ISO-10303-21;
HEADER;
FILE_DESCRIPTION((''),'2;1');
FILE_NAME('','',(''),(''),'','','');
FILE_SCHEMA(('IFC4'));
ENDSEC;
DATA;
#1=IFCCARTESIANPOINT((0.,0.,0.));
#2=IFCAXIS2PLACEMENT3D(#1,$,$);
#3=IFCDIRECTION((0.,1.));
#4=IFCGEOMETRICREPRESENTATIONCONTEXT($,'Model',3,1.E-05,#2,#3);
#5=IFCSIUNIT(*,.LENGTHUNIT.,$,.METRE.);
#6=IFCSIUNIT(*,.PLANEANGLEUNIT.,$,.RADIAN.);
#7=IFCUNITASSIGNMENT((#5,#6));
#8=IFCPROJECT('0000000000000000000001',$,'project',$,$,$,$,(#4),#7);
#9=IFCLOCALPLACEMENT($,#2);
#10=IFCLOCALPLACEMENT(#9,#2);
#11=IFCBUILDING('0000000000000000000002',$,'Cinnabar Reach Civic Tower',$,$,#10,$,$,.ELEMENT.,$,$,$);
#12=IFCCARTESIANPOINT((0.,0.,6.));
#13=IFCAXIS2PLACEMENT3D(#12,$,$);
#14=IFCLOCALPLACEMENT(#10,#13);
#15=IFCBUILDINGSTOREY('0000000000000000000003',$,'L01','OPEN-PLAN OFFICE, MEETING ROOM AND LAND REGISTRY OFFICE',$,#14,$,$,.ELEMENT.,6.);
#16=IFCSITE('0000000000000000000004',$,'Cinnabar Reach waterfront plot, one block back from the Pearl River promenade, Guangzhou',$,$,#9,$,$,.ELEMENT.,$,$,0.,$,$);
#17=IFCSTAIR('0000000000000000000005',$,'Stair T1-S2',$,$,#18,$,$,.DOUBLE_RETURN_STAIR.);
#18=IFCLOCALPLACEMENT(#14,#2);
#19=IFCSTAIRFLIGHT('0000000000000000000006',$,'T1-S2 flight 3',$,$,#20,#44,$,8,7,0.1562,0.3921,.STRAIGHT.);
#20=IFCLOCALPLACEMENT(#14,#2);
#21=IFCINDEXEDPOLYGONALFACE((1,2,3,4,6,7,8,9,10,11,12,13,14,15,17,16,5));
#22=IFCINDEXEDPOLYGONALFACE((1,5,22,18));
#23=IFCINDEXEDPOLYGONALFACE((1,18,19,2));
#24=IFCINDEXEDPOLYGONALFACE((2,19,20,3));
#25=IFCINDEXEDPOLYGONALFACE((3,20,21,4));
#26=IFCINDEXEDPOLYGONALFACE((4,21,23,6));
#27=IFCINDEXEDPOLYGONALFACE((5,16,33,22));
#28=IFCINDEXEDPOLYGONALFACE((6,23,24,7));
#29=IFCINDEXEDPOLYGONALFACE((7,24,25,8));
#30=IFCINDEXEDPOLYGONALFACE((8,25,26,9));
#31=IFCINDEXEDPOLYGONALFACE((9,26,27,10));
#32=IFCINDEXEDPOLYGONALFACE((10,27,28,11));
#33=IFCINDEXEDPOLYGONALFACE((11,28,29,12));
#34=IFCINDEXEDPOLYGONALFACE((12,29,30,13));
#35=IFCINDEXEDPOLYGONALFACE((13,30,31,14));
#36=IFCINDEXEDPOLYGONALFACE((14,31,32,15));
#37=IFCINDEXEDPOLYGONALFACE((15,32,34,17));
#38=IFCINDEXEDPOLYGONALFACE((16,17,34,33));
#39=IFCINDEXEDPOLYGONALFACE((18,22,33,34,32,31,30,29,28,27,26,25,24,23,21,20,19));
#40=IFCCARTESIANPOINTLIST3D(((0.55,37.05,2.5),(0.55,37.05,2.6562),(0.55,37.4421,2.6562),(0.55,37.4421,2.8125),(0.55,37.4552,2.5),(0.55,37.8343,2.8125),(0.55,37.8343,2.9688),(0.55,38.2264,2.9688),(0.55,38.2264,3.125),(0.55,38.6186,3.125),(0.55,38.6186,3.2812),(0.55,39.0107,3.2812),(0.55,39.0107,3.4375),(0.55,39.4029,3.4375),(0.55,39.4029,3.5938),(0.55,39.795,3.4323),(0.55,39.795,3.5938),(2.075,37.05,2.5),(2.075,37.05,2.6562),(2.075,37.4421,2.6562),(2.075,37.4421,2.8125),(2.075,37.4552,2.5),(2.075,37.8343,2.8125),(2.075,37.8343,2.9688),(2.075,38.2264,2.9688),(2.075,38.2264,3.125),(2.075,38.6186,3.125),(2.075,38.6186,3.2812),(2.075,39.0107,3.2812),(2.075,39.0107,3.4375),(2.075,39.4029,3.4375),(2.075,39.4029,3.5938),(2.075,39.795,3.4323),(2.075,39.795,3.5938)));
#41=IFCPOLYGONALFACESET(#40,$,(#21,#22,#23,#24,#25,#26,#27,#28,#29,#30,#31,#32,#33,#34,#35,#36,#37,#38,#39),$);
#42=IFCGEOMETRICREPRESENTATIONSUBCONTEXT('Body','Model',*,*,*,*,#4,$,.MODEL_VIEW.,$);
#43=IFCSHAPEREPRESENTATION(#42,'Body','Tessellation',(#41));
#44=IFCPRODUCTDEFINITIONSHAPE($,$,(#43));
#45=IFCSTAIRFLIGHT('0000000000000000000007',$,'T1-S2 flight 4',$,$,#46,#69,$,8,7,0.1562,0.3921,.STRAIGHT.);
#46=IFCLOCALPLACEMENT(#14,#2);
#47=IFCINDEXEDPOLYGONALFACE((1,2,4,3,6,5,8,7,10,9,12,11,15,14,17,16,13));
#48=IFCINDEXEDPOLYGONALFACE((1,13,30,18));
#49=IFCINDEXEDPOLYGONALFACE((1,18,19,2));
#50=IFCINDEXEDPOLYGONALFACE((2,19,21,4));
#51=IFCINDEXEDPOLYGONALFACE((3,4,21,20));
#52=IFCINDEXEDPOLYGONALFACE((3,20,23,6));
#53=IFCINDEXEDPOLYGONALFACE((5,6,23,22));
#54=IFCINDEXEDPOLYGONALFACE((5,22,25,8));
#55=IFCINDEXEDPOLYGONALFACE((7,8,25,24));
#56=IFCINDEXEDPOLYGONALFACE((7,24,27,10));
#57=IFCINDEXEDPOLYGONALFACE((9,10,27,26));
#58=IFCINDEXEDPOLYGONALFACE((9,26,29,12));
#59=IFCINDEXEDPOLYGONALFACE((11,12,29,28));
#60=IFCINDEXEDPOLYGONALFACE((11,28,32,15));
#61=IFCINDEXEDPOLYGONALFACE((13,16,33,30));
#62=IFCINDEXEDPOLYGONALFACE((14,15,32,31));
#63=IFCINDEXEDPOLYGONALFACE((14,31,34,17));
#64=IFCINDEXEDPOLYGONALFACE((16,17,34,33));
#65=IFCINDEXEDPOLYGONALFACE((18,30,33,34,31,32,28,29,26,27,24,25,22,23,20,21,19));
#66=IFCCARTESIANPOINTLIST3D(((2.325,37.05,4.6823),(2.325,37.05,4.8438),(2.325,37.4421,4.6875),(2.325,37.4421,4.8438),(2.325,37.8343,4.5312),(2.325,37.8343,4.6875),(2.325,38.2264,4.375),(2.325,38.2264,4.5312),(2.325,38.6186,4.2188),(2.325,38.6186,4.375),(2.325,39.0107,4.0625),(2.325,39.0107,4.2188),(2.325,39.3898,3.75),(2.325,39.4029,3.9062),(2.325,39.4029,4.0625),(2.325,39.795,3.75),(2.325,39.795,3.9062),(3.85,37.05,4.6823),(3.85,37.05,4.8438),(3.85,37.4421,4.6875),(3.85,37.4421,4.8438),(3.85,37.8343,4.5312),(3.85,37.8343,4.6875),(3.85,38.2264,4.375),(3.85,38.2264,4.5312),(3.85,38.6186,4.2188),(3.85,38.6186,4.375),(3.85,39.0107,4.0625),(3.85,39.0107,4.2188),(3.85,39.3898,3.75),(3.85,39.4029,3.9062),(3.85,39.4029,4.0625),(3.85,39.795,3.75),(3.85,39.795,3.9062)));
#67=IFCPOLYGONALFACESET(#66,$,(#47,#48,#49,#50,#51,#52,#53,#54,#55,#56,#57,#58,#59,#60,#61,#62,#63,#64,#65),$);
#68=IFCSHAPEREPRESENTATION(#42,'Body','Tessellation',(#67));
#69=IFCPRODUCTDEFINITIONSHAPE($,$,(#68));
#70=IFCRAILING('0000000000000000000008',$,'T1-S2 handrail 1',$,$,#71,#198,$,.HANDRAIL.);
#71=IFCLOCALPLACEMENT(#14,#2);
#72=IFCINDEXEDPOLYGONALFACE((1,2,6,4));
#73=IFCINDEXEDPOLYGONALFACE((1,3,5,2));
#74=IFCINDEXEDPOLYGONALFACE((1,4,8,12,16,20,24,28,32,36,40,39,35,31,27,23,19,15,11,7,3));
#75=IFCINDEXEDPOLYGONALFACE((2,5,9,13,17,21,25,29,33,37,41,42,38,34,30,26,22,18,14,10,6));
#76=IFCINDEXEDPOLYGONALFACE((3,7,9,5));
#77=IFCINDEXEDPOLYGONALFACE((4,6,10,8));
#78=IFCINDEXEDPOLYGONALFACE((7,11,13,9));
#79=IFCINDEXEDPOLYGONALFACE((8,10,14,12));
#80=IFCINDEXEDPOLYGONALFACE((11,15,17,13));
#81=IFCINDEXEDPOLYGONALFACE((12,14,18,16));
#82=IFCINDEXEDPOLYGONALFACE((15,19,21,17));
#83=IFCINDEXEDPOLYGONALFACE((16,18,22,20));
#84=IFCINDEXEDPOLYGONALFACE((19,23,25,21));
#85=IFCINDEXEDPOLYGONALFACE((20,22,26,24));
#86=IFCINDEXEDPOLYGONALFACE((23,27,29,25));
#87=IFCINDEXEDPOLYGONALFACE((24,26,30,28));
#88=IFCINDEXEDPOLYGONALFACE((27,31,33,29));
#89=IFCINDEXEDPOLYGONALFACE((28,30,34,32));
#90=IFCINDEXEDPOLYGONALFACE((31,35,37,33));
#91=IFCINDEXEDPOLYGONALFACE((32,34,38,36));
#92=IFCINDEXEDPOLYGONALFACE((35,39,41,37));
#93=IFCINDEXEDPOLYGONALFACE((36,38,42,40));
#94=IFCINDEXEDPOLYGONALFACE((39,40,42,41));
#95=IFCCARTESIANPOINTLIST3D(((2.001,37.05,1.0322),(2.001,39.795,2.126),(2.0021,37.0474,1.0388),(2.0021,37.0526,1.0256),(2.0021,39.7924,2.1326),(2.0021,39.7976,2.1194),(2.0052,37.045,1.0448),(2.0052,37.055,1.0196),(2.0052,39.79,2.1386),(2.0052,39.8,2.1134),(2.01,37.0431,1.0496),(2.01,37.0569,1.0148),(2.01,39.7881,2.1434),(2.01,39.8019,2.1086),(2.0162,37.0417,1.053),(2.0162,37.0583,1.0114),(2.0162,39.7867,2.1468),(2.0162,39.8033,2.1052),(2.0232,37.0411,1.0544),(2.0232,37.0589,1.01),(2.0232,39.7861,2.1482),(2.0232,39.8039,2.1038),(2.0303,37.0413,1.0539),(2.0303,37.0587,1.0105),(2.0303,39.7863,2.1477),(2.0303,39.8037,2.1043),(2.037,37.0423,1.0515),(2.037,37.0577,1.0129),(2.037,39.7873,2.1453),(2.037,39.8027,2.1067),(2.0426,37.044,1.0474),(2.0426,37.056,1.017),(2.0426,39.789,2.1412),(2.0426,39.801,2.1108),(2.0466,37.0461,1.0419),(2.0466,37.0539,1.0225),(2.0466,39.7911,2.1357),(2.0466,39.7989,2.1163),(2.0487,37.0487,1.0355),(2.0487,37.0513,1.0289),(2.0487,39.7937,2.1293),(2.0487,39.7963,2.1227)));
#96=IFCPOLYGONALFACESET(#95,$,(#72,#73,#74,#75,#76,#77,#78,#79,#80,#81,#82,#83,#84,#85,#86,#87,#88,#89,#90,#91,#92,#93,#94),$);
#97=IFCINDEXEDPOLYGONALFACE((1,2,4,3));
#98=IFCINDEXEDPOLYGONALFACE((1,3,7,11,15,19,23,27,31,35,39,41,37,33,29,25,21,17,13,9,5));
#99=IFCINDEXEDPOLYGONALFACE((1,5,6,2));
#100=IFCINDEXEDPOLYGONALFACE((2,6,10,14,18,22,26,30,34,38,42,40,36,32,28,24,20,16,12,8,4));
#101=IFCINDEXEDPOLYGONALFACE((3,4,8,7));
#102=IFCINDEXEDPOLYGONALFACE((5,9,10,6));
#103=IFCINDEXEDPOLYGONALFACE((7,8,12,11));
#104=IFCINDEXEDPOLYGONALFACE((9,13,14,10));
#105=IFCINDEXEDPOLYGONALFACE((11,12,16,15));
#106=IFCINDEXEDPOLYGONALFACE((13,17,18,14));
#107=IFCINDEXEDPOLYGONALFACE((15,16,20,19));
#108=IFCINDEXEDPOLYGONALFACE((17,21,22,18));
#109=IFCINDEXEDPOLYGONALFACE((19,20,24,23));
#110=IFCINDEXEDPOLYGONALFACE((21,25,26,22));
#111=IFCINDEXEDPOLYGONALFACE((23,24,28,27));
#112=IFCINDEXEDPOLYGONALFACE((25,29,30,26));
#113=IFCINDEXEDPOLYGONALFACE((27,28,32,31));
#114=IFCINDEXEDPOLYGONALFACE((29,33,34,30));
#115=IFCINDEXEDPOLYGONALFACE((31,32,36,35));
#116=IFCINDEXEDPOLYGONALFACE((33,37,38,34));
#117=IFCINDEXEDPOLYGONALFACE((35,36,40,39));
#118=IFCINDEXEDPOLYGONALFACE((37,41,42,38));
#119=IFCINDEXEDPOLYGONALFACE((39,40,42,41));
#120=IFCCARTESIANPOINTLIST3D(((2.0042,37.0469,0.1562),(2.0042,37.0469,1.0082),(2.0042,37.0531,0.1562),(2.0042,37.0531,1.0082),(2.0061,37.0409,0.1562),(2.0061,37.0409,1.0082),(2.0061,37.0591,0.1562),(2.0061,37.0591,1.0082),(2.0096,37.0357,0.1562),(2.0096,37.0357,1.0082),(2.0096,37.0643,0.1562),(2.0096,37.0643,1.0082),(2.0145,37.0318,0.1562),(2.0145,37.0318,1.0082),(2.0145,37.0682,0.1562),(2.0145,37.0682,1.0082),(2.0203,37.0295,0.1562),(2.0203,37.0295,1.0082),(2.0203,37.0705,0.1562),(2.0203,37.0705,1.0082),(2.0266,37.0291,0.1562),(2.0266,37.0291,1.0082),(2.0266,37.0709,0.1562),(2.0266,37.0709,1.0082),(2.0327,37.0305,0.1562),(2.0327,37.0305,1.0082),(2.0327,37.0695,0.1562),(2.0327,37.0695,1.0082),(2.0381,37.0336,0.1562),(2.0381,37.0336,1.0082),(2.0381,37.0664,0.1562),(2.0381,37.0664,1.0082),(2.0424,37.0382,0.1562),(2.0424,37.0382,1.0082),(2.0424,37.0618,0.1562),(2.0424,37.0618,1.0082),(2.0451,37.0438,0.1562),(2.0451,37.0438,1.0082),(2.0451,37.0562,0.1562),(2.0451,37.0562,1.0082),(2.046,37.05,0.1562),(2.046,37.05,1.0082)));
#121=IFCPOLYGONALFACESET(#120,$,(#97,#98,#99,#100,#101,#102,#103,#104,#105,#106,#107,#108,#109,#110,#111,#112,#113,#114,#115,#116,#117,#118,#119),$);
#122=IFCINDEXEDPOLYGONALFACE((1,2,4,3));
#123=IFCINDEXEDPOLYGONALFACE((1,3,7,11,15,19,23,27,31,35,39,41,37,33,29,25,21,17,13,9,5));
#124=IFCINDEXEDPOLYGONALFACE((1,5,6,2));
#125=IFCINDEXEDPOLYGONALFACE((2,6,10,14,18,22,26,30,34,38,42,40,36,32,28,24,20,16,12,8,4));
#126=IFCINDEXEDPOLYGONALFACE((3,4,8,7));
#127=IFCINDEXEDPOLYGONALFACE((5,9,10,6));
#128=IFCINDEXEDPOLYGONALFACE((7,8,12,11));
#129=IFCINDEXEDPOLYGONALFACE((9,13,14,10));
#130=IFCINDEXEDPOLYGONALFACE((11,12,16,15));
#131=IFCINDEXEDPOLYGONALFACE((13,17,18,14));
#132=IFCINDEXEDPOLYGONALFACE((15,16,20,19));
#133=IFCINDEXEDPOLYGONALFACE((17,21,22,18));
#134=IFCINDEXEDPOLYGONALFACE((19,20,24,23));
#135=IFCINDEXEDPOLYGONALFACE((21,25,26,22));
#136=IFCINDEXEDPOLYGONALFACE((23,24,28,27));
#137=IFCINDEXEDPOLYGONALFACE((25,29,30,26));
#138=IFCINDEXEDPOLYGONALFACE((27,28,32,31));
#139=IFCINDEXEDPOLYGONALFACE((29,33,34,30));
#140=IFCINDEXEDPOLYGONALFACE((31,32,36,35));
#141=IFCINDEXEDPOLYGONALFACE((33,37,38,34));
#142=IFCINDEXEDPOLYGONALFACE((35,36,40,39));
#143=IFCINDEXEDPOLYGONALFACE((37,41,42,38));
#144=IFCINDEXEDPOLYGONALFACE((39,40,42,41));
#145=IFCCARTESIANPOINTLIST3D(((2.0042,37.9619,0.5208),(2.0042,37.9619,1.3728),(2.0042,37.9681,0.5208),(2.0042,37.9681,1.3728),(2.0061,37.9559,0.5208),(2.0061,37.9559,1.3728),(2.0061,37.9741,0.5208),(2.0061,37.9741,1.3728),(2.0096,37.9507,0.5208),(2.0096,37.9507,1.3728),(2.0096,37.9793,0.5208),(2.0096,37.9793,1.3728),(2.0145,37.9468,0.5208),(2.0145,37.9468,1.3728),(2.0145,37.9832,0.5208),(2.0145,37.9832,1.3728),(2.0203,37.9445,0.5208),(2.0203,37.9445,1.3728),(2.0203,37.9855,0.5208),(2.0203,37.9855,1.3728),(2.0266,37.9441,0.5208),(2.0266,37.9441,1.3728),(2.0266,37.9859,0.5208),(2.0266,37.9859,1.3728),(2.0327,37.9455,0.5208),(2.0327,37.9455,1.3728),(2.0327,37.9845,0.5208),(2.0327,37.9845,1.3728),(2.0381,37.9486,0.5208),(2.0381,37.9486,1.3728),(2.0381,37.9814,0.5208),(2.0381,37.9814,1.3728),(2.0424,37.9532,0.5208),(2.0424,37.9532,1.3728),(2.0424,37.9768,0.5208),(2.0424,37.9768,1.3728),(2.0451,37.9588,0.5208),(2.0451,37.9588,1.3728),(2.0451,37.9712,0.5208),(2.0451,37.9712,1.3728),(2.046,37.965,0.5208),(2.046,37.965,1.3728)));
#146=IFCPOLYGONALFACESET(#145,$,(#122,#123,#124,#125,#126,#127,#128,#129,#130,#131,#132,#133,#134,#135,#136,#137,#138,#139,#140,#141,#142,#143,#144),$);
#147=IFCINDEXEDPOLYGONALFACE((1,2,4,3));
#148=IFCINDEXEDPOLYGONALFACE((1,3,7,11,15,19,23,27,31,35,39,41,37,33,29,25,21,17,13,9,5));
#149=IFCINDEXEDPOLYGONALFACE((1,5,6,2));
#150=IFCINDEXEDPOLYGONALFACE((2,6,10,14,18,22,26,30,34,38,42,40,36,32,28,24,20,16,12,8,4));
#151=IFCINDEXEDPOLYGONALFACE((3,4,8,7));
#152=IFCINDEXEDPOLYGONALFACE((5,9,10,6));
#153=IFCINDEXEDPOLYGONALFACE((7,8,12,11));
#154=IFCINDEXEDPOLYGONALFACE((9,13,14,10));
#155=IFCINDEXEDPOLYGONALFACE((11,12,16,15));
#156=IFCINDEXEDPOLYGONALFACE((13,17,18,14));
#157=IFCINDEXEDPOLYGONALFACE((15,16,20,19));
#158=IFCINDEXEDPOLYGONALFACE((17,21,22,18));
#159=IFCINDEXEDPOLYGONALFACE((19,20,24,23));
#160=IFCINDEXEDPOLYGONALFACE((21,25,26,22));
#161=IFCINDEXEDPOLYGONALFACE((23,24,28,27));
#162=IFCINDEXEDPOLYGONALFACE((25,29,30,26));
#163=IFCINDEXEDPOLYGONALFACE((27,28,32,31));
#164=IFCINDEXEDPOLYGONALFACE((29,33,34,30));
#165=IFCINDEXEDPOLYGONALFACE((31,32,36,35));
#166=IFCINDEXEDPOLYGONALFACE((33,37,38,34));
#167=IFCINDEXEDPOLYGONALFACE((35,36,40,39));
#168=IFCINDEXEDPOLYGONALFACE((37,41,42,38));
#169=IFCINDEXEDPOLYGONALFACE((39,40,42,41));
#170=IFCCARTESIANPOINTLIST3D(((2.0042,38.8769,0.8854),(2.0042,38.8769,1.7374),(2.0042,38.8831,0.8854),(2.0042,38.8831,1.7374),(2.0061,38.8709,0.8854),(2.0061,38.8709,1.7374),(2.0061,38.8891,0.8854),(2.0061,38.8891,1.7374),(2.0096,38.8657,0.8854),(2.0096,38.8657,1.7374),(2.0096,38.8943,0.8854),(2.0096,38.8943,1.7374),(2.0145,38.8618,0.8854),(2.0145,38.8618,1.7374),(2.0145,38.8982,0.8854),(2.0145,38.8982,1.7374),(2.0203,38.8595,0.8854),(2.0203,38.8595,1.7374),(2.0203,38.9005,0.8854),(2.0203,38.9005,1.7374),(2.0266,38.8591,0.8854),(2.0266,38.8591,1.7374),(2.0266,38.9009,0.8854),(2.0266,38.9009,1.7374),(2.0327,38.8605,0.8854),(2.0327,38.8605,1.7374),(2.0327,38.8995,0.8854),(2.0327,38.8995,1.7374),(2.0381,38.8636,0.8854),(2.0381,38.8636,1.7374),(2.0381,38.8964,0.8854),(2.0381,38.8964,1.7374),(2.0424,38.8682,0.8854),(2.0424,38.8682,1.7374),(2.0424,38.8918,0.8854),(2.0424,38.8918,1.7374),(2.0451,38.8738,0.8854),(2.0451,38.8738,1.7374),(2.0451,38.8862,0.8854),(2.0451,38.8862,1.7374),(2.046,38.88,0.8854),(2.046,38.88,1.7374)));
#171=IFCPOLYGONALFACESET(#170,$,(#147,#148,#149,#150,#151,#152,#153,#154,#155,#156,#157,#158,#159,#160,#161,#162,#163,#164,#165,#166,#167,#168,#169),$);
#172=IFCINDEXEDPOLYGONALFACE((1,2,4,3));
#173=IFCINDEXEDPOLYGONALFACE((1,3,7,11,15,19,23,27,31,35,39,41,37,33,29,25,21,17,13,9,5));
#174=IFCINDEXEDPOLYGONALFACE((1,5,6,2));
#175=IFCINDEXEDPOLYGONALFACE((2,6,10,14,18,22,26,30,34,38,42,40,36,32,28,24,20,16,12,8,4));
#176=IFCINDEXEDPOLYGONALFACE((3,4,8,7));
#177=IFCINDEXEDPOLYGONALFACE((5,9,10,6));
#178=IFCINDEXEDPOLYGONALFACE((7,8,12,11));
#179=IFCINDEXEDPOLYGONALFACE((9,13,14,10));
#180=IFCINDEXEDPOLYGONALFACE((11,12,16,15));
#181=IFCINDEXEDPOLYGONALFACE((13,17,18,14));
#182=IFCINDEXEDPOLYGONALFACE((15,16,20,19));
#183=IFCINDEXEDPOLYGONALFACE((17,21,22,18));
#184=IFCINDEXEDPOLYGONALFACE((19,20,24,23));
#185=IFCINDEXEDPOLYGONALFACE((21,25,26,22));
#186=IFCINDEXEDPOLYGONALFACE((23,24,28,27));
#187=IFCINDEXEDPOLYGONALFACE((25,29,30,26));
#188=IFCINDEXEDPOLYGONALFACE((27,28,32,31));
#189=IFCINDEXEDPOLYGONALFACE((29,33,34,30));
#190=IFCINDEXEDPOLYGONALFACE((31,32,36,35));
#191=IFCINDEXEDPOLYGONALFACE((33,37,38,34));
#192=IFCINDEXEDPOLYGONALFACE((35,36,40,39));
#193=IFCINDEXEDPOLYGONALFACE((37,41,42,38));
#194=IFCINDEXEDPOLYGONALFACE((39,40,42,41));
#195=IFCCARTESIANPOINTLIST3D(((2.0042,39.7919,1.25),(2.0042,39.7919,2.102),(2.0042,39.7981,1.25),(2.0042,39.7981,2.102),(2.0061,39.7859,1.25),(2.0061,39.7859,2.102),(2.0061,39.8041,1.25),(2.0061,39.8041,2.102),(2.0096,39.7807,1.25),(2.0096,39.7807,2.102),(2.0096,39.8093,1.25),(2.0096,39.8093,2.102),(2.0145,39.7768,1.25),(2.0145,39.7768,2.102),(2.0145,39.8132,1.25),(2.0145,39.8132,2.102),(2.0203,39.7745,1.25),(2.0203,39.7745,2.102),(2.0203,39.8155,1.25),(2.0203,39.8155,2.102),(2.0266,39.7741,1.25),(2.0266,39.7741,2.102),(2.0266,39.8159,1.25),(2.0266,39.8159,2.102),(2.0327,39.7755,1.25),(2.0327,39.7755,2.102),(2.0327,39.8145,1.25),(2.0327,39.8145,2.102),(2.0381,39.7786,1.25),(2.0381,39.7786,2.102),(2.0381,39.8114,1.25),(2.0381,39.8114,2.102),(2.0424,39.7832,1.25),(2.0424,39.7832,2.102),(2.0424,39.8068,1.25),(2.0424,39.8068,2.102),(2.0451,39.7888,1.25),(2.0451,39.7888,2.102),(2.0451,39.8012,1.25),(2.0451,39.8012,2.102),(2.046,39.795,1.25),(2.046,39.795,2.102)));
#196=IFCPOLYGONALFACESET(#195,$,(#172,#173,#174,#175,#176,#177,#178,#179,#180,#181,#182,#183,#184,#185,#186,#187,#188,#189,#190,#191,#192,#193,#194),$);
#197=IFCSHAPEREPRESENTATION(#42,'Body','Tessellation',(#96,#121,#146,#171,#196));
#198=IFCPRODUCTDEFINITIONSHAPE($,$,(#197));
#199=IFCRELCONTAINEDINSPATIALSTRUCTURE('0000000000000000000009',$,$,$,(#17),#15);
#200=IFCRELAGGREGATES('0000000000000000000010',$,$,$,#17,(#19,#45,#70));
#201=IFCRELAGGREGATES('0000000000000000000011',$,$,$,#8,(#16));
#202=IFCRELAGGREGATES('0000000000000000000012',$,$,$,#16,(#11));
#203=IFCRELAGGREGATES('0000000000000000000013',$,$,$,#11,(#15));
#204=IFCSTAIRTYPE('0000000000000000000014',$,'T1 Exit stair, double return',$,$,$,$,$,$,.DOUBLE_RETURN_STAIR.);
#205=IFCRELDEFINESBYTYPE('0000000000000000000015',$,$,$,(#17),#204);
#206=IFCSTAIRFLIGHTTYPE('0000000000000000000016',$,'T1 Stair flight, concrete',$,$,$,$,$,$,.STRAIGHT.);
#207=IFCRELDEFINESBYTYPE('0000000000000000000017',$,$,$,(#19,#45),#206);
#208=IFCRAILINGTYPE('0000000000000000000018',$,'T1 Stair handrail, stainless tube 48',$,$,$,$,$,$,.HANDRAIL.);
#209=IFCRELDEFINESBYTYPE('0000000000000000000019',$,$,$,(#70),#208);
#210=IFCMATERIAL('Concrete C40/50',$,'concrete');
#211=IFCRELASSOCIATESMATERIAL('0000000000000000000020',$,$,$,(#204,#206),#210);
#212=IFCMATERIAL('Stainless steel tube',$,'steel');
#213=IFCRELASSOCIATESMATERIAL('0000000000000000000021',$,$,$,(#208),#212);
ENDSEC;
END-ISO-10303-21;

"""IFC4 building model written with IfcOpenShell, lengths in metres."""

from ifc_helpers import new_model, si_unit, direction, frame, origin, origin_2d, place, context, subcontext, project, spatial, polyline, circle, outline, extrude, material, type_object, element, aggregate, save


model = new_model("IFC4")

# Units and contexts
model_context = context("Model", 3, precision=1e-05, world=origin(), true_north=direction((0.0, 1.0)))
body_context = subcontext(model_context, "Body", "Model", "MODEL_VIEW")
ifc_project = project(units=[si_unit("LENGTHUNIT", "METRE"), si_unit("PLANEANGLEUNIT", "RADIAN")], contexts=[model_context])

# Site, building, storey
site_placement = place(None, origin())
site = spatial("IfcSite", under=ifc_project, at=site_placement, Name="Cinnabar Reach waterfront plot, one block back from the Pearl River promenade, Guangzhou", CompositionType="ELEMENT", RefElevation=0.0)
building_placement = place(site_placement, origin())
building = spatial("IfcBuilding", under=site, at=building_placement, Name="Cinnabar Reach Civic Tower", CompositionType="ELEMENT")
storey_placement = place(building_placement, frame((0.0, 0.0, 6.0)))
storey = spatial("IfcBuildingStorey", under=building, at=storey_placement, Name="L01", Description="OPEN-PLAN OFFICE, MEETING ROOM AND LAND REGISTRY OFFICE", CompositionType="ELEMENT", Elevation=6.0)

# Shared definitions
ifc_material_1 = material(Name="Concrete C40/50", Category="concrete")

# Stair, stair flights, railing
stair_type = type_object("IfcStairType", Name="T1 Exit stair, double return", PredefinedType="DOUBLE_RETURN_STAIR", material=ifc_material_1)
stair_placement = place(storey_placement, origin())
stair = element("IfcStair", 1, at=stair_placement, inside=storey, type_object=stair_type, Name="Stair T1-S2", PredefinedType="DOUBLE_RETURN_STAIR")
stair_flight_type = type_object("IfcStairFlightType", Name="T1 Stair flight, concrete", PredefinedType="STRAIGHT", material=ifc_material_1)
stair_flight_1_placement = place(storey_placement, frame((1.3125, 37.05, 2.5), z_axis=(0.0, 0.0, 1.0), x_axis=(0.0, 1.0, 0.0)))
stair_flight_1 = element("IfcStairFlight", 2, at=stair_flight_1_placement, type_object=stair_flight_type, Name="T1-S2 flight 3", NumberOfRisers=8, NumberOfTreads=7, PredefinedType="STRAIGHT", RiserHeight=0.1562, TreadLength=0.3921, context=body_context, shape_type="SweptSolid", body=[
    extrude(outline(polyline([(0.0, 0.0), (0.0, 0.1562), (0.3921, 0.1562), (0.3921, 0.3125), (0.7843, 0.3125), (0.7843, 0.4688), (1.1764, 0.4688), (1.1764, 0.625), (1.5686, 0.625), (1.5686, 0.7812), (1.9607, 0.7812), (1.9607, 0.9375), (2.3529, 0.9375), (2.3529, 1.0938), (2.745, 1.0938), (2.745, 1.25), (2.745, 0.9323), (0.4052, 0.0), (0.0, 0.0)])), frame((0.0, 0.7625, 0.0), z_axis=(0.0, -1.0, 0.0), x_axis=(1.0, 0.0, 0.0)), (0.0, 0.0, 1.0), 1.525),
])
stair_flight_2_placement = place(storey_placement, frame((3.0875, 39.795, 3.75), z_axis=(0.0, 0.0, 1.0), x_axis=(0.0, -1.0, 0.0)))
stair_flight_2 = element("IfcStairFlight", 3, at=stair_flight_2_placement, type_object=stair_flight_type, Name="T1-S2 flight 4", NumberOfRisers=8, NumberOfTreads=7, PredefinedType="STRAIGHT", RiserHeight=0.1562, TreadLength=0.3921, context=body_context, shape_type="SweptSolid", body=[
    extrude(outline(polyline([(0.0, 0.0), (0.0, 0.1562), (0.3921, 0.1562), (0.3921, 0.3125), (0.7843, 0.3125), (0.7843, 0.4688), (1.1764, 0.4688), (1.1764, 0.625), (1.5686, 0.625), (1.5686, 0.7812), (1.9607, 0.7812), (1.9607, 0.9375), (2.3529, 0.9375), (2.3529, 1.0938), (2.745, 1.0938), (2.745, 1.25), (2.745, 0.9323), (0.4052, 0.0), (0.0, 0.0)])), frame((0.0, 0.7625, 0.0), z_axis=(0.0, -1.0, 0.0), x_axis=(1.0, 0.0, 0.0)), (0.0, 0.0, 1.0), 1.525),
])
ifc_material_2 = material(Name="Stainless steel tube", Category="steel")
railing_type = type_object("IfcRailingType", Name="T1 Stair handrail, stainless tube 48", PredefinedType="HANDRAIL", material=ifc_material_2)
railing_1_placement = place(storey_placement, frame((2.025, 37.05, 0.1562)))
railing_1 = element("IfcRailing", 4, at=railing_1_placement, type_object=railing_type, Name="T1-S2 handrail 1", PredefinedType="HANDRAIL", context=body_context, shape_type="SweptSolid", body=[
    extrude(circle(Radius=0.024, at=origin_2d()), frame((0.0, 0.0, 0.876), z_axis=(0.0, 0.928966, 0.370165), x_axis=(-1.0, 0.0, 0.0)), (0.0, 0.0, 1.0), 2.9549),
    extrude(circle(Radius=0.021, at=origin_2d()), origin(), (0.0, 0.0, 1.0), 0.852),
    extrude(circle(Radius=0.021, at=origin_2d()), frame((0.0, 0.915, 0.3646)), (0.0, 0.0, 1.0), 0.852),
    extrude(circle(Radius=0.021, at=origin_2d()), frame((0.0, 1.83, 0.7292)), (0.0, 0.0, 1.0), 0.852),
    extrude(circle(Radius=0.021, at=origin_2d()), frame((0.0, 2.745, 1.0938)), (0.0, 0.0, 1.0), 0.852),
])
aggregate(stair, [stair_flight_1, stair_flight_2, railing_1])

save(model, "model.ifc")
